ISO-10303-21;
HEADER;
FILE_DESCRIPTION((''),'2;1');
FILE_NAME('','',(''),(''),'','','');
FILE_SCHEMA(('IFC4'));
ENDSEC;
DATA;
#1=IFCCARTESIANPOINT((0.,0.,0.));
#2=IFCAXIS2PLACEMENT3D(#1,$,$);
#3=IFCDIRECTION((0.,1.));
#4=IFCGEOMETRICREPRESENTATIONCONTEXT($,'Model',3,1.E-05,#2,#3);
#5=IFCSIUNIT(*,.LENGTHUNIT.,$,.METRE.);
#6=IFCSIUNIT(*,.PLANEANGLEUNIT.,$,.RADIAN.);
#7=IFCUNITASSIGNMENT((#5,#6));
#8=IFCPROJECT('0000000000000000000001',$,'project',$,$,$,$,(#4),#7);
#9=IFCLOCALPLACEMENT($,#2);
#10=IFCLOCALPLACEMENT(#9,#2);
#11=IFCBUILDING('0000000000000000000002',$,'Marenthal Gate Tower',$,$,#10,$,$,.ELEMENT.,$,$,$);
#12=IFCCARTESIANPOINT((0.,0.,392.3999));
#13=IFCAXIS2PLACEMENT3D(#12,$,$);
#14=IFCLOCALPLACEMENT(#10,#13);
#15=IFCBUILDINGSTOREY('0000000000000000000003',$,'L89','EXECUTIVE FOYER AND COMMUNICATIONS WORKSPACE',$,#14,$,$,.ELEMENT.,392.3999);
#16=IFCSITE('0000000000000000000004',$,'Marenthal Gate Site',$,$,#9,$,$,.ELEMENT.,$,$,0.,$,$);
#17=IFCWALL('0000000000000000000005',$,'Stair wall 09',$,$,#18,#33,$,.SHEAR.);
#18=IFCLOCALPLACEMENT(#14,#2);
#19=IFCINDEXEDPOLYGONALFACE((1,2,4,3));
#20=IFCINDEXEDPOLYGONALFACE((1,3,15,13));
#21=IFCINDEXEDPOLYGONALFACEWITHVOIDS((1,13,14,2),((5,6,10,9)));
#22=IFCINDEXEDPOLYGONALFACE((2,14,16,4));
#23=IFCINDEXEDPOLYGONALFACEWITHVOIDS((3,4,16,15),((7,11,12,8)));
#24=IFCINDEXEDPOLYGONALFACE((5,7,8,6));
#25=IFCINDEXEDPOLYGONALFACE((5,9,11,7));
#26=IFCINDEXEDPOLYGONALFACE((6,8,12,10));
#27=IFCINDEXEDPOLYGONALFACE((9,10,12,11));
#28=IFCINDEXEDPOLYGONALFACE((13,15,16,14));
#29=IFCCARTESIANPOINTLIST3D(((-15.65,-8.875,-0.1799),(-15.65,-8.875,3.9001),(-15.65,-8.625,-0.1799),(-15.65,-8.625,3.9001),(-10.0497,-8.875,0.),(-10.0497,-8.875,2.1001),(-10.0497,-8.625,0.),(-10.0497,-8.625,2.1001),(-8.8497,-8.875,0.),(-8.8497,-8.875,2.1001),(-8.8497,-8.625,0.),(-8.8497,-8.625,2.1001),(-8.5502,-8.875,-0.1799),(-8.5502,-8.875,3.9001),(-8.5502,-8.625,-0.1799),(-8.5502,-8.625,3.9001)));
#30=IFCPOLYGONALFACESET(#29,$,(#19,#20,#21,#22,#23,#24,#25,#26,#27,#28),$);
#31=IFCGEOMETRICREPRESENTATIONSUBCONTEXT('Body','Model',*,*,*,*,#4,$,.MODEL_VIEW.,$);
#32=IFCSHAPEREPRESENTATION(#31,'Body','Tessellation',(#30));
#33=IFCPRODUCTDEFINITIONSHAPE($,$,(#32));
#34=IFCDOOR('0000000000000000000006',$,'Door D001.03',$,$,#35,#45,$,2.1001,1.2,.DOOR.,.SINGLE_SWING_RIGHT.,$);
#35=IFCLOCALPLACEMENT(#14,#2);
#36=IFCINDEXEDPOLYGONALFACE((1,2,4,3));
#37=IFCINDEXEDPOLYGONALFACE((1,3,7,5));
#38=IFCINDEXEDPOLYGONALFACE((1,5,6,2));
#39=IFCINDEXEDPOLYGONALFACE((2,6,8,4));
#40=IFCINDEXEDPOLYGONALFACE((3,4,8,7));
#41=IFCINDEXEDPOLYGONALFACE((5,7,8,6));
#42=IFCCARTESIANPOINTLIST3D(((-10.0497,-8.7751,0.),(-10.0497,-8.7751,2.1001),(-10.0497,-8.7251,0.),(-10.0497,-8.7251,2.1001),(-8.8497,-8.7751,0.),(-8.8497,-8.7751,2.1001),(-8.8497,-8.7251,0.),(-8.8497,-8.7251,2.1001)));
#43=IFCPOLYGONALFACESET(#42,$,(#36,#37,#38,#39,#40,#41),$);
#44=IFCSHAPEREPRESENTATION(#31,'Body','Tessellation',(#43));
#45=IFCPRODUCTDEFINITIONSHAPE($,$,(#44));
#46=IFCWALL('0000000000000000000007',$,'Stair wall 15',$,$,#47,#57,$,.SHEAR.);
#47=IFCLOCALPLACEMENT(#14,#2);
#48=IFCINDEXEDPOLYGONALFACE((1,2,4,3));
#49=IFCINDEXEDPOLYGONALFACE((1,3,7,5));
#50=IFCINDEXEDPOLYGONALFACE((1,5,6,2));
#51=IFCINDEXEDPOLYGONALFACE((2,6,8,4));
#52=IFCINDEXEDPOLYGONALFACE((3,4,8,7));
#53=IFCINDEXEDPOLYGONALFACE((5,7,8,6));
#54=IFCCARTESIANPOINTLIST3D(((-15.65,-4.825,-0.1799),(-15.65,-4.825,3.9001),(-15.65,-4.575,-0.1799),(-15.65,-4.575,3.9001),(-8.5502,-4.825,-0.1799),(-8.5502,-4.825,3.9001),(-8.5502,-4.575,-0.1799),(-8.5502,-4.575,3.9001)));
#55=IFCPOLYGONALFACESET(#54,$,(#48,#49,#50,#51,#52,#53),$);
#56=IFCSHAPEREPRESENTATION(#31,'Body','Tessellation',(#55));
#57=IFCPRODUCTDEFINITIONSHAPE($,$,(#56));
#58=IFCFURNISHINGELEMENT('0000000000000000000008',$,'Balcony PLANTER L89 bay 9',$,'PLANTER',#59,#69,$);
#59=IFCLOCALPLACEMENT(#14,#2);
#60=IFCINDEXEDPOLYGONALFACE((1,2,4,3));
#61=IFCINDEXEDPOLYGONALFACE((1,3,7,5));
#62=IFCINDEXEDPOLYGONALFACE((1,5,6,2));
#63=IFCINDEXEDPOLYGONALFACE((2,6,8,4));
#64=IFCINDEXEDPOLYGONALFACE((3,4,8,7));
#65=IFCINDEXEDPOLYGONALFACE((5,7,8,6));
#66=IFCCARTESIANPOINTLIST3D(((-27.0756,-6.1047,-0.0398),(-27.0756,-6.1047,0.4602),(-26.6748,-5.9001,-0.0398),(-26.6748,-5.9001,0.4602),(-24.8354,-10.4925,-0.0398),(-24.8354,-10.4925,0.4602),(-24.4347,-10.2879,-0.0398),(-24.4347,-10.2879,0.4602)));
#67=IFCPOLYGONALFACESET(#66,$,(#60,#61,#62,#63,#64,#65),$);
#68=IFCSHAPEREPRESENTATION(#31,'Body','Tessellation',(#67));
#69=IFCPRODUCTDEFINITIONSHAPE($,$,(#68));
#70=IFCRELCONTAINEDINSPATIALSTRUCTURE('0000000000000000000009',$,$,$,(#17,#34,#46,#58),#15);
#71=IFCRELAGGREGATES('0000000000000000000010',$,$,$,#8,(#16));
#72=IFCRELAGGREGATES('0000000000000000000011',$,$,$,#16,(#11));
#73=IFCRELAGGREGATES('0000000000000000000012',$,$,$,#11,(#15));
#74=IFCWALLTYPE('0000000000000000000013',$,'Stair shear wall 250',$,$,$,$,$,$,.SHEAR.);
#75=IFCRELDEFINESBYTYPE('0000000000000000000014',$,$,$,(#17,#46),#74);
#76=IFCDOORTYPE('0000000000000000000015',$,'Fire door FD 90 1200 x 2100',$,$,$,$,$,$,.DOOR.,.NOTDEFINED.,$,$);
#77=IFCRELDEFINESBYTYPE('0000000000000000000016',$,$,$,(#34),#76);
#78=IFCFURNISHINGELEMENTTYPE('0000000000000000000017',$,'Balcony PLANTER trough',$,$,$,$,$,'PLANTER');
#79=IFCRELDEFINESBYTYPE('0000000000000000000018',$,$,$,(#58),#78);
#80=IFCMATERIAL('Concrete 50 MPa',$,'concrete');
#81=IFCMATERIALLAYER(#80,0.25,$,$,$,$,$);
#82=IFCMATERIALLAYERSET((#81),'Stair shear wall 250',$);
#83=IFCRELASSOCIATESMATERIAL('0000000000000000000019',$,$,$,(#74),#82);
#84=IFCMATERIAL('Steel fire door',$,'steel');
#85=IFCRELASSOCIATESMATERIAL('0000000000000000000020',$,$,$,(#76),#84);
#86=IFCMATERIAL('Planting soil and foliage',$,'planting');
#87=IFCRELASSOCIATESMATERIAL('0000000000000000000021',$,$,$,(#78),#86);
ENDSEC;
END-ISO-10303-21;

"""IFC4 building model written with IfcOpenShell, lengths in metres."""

from ifc_helpers import new_model, si_unit, direction, frame, frame_2d, origin, origin_2d, place, context, subcontext, project, spatial, rectangle, extrude, material, layer, layer_set, type_object, element, fill, save


model = new_model("IFC4")

# Units and contexts
model_context = context("Model", 3, precision=1e-05, world=origin(), true_north=direction((0.0, 1.0)))
body_context = subcontext(model_context, "Body", "Model", "MODEL_VIEW")
ifc_project = project(units=[si_unit("LENGTHUNIT", "METRE"), si_unit("PLANEANGLEUNIT", "RADIAN")], contexts=[model_context])

# Site, building, storey
site_placement = place(None, origin())
site = spatial("IfcSite", under=ifc_project, at=site_placement, Name="Marenthal Gate Site", CompositionType="ELEMENT", RefElevation=0.0)
building_placement = place(site_placement, origin())
building = spatial("IfcBuilding", under=site, at=building_placement, Name="Marenthal Gate Tower", CompositionType="ELEMENT")
storey_placement = place(building_placement, frame((0.0, 0.0, 392.3999)))
storey = spatial("IfcBuildingStorey", under=building, at=storey_placement, Name="L89", Description="EXECUTIVE FOYER AND COMMUNICATIONS WORKSPACE", CompositionType="ELEMENT", Elevation=392.3999)

# Wall, opening, door
ifc_material_1 = material(Name="Concrete 50 MPa", Category="concrete")
ifc_layer_1 = layer(ifc_material_1, 0.25)
ifc_layer_set_1 = layer_set([ifc_layer_1], Name="Stair shear wall 250")
wall_type_1 = type_object("IfcWallType", Name="Stair shear wall 250", PredefinedType="SHEAR", material=ifc_layer_set_1)
wall_1_placement = place(storey_placement, frame((-15.6499, -8.75, -0.1799), z_axis=(0.0, 0.0, 1.0), x_axis=(1.0, 0.0, 0.0)))
wall_1 = element("IfcWall", 1, at=wall_1_placement, inside=storey, type_object=wall_type_1, Name="Stair wall 09", PredefinedType="SHEAR", context=body_context, shape_type="SweptSolid", body=[
    extrude(rectangle(XDim=7.0999, YDim=0.25, at=frame_2d((3.5498, 0.0))), origin(), (0.0, 0.0, 1.0), 4.0801),
])
opening_1_placement = place(wall_1_placement, frame((5.6001, 0.0, 0.1799)))
opening_1 = element("IfcOpeningElement", 2, at=opening_1_placement, cuts=wall_1, PredefinedType="OPENING", context=body_context, shape_type="SweptSolid", body=[
    extrude(rectangle(XDim=1.2, YDim=2.1001, at=frame_2d((0.6001, 1.05))), frame((0.0, 0.135, 0.0), z_axis=(0.0, -1.0, 0.0), x_axis=(1.0, 0.0, 0.0)), (0.0, 0.0, 1.0), 0.27),
])
ifc_material_2 = material(Name="Steel fire door", Category="steel")
door_type_1 = type_object("IfcDoorType", Name="Fire door FD 90 1200 x 2100", OperationType="NOTDEFINED", PredefinedType="DOOR", material=ifc_material_2)
door_1_placement = place(opening_1_placement, origin())
door_1 = element("IfcDoor", 3, at=door_1_placement, inside=storey, type_object=door_type_1, Name="Door D001.03", OperationType="SINGLE_SWING_RIGHT", OverallHeight=2.1001, OverallWidth=1.2, PredefinedType="DOOR", context=body_context, shape_type="SweptSolid", body=[
    extrude(rectangle(XDim=1.2, YDim=2.1001, at=frame_2d((0.6001, 1.05))), frame((0.0, 0.0249, 0.0), z_axis=(0.0, -1.0, 0.0), x_axis=(1.0, 0.0, 0.0)), (0.0, 0.0, 1.0), 0.05),
])
fill(opening_1, door_1)

# Wall
wall_2_placement = place(storey_placement, frame((-15.6499, -4.7, -0.1799), z_axis=(0.0, 0.0, 1.0), x_axis=(1.0, 0.0, 0.0)))
element("IfcWall", 4, at=wall_2_placement, inside=storey, type_object=wall_type_1, Name="Stair wall 15", PredefinedType="SHEAR", context=body_context, shape_type="SweptSolid", body=[
    extrude(rectangle(XDim=7.0999, YDim=0.25, at=frame_2d((3.5498, 0.0))), origin(), (0.0, 0.0, 1.0), 4.0801),
])

# Furnishing element
ifc_material_3 = material(Name="Planting soil and foliage", Category="planting")
furnishing_element_type = type_object("IfcFurnishingElementType", Name="Balcony PLANTER trough", ElementType="PLANTER", material=ifc_material_3)
furnishing_placement = place(storey_placement, frame((-25.7551, -8.1963, -0.0398), z_axis=(0.0, 0.0, 1.0), x_axis=(0.454706, -0.890642, 0.0)))
element("IfcFurnishingElement", 5, at=furnishing_placement, inside=storey, type_object=furnishing_element_type, Name="Balcony PLANTER L89 bay 9", ObjectType="PLANTER", context=body_context, shape_type="SweptSolid", body=[
    extrude(rectangle(XDim=4.9265, YDim=0.45, at=origin_2d()), origin(), (0.0, 0.0, 1.0), 0.5),
])

save(model, "model.ifc")
